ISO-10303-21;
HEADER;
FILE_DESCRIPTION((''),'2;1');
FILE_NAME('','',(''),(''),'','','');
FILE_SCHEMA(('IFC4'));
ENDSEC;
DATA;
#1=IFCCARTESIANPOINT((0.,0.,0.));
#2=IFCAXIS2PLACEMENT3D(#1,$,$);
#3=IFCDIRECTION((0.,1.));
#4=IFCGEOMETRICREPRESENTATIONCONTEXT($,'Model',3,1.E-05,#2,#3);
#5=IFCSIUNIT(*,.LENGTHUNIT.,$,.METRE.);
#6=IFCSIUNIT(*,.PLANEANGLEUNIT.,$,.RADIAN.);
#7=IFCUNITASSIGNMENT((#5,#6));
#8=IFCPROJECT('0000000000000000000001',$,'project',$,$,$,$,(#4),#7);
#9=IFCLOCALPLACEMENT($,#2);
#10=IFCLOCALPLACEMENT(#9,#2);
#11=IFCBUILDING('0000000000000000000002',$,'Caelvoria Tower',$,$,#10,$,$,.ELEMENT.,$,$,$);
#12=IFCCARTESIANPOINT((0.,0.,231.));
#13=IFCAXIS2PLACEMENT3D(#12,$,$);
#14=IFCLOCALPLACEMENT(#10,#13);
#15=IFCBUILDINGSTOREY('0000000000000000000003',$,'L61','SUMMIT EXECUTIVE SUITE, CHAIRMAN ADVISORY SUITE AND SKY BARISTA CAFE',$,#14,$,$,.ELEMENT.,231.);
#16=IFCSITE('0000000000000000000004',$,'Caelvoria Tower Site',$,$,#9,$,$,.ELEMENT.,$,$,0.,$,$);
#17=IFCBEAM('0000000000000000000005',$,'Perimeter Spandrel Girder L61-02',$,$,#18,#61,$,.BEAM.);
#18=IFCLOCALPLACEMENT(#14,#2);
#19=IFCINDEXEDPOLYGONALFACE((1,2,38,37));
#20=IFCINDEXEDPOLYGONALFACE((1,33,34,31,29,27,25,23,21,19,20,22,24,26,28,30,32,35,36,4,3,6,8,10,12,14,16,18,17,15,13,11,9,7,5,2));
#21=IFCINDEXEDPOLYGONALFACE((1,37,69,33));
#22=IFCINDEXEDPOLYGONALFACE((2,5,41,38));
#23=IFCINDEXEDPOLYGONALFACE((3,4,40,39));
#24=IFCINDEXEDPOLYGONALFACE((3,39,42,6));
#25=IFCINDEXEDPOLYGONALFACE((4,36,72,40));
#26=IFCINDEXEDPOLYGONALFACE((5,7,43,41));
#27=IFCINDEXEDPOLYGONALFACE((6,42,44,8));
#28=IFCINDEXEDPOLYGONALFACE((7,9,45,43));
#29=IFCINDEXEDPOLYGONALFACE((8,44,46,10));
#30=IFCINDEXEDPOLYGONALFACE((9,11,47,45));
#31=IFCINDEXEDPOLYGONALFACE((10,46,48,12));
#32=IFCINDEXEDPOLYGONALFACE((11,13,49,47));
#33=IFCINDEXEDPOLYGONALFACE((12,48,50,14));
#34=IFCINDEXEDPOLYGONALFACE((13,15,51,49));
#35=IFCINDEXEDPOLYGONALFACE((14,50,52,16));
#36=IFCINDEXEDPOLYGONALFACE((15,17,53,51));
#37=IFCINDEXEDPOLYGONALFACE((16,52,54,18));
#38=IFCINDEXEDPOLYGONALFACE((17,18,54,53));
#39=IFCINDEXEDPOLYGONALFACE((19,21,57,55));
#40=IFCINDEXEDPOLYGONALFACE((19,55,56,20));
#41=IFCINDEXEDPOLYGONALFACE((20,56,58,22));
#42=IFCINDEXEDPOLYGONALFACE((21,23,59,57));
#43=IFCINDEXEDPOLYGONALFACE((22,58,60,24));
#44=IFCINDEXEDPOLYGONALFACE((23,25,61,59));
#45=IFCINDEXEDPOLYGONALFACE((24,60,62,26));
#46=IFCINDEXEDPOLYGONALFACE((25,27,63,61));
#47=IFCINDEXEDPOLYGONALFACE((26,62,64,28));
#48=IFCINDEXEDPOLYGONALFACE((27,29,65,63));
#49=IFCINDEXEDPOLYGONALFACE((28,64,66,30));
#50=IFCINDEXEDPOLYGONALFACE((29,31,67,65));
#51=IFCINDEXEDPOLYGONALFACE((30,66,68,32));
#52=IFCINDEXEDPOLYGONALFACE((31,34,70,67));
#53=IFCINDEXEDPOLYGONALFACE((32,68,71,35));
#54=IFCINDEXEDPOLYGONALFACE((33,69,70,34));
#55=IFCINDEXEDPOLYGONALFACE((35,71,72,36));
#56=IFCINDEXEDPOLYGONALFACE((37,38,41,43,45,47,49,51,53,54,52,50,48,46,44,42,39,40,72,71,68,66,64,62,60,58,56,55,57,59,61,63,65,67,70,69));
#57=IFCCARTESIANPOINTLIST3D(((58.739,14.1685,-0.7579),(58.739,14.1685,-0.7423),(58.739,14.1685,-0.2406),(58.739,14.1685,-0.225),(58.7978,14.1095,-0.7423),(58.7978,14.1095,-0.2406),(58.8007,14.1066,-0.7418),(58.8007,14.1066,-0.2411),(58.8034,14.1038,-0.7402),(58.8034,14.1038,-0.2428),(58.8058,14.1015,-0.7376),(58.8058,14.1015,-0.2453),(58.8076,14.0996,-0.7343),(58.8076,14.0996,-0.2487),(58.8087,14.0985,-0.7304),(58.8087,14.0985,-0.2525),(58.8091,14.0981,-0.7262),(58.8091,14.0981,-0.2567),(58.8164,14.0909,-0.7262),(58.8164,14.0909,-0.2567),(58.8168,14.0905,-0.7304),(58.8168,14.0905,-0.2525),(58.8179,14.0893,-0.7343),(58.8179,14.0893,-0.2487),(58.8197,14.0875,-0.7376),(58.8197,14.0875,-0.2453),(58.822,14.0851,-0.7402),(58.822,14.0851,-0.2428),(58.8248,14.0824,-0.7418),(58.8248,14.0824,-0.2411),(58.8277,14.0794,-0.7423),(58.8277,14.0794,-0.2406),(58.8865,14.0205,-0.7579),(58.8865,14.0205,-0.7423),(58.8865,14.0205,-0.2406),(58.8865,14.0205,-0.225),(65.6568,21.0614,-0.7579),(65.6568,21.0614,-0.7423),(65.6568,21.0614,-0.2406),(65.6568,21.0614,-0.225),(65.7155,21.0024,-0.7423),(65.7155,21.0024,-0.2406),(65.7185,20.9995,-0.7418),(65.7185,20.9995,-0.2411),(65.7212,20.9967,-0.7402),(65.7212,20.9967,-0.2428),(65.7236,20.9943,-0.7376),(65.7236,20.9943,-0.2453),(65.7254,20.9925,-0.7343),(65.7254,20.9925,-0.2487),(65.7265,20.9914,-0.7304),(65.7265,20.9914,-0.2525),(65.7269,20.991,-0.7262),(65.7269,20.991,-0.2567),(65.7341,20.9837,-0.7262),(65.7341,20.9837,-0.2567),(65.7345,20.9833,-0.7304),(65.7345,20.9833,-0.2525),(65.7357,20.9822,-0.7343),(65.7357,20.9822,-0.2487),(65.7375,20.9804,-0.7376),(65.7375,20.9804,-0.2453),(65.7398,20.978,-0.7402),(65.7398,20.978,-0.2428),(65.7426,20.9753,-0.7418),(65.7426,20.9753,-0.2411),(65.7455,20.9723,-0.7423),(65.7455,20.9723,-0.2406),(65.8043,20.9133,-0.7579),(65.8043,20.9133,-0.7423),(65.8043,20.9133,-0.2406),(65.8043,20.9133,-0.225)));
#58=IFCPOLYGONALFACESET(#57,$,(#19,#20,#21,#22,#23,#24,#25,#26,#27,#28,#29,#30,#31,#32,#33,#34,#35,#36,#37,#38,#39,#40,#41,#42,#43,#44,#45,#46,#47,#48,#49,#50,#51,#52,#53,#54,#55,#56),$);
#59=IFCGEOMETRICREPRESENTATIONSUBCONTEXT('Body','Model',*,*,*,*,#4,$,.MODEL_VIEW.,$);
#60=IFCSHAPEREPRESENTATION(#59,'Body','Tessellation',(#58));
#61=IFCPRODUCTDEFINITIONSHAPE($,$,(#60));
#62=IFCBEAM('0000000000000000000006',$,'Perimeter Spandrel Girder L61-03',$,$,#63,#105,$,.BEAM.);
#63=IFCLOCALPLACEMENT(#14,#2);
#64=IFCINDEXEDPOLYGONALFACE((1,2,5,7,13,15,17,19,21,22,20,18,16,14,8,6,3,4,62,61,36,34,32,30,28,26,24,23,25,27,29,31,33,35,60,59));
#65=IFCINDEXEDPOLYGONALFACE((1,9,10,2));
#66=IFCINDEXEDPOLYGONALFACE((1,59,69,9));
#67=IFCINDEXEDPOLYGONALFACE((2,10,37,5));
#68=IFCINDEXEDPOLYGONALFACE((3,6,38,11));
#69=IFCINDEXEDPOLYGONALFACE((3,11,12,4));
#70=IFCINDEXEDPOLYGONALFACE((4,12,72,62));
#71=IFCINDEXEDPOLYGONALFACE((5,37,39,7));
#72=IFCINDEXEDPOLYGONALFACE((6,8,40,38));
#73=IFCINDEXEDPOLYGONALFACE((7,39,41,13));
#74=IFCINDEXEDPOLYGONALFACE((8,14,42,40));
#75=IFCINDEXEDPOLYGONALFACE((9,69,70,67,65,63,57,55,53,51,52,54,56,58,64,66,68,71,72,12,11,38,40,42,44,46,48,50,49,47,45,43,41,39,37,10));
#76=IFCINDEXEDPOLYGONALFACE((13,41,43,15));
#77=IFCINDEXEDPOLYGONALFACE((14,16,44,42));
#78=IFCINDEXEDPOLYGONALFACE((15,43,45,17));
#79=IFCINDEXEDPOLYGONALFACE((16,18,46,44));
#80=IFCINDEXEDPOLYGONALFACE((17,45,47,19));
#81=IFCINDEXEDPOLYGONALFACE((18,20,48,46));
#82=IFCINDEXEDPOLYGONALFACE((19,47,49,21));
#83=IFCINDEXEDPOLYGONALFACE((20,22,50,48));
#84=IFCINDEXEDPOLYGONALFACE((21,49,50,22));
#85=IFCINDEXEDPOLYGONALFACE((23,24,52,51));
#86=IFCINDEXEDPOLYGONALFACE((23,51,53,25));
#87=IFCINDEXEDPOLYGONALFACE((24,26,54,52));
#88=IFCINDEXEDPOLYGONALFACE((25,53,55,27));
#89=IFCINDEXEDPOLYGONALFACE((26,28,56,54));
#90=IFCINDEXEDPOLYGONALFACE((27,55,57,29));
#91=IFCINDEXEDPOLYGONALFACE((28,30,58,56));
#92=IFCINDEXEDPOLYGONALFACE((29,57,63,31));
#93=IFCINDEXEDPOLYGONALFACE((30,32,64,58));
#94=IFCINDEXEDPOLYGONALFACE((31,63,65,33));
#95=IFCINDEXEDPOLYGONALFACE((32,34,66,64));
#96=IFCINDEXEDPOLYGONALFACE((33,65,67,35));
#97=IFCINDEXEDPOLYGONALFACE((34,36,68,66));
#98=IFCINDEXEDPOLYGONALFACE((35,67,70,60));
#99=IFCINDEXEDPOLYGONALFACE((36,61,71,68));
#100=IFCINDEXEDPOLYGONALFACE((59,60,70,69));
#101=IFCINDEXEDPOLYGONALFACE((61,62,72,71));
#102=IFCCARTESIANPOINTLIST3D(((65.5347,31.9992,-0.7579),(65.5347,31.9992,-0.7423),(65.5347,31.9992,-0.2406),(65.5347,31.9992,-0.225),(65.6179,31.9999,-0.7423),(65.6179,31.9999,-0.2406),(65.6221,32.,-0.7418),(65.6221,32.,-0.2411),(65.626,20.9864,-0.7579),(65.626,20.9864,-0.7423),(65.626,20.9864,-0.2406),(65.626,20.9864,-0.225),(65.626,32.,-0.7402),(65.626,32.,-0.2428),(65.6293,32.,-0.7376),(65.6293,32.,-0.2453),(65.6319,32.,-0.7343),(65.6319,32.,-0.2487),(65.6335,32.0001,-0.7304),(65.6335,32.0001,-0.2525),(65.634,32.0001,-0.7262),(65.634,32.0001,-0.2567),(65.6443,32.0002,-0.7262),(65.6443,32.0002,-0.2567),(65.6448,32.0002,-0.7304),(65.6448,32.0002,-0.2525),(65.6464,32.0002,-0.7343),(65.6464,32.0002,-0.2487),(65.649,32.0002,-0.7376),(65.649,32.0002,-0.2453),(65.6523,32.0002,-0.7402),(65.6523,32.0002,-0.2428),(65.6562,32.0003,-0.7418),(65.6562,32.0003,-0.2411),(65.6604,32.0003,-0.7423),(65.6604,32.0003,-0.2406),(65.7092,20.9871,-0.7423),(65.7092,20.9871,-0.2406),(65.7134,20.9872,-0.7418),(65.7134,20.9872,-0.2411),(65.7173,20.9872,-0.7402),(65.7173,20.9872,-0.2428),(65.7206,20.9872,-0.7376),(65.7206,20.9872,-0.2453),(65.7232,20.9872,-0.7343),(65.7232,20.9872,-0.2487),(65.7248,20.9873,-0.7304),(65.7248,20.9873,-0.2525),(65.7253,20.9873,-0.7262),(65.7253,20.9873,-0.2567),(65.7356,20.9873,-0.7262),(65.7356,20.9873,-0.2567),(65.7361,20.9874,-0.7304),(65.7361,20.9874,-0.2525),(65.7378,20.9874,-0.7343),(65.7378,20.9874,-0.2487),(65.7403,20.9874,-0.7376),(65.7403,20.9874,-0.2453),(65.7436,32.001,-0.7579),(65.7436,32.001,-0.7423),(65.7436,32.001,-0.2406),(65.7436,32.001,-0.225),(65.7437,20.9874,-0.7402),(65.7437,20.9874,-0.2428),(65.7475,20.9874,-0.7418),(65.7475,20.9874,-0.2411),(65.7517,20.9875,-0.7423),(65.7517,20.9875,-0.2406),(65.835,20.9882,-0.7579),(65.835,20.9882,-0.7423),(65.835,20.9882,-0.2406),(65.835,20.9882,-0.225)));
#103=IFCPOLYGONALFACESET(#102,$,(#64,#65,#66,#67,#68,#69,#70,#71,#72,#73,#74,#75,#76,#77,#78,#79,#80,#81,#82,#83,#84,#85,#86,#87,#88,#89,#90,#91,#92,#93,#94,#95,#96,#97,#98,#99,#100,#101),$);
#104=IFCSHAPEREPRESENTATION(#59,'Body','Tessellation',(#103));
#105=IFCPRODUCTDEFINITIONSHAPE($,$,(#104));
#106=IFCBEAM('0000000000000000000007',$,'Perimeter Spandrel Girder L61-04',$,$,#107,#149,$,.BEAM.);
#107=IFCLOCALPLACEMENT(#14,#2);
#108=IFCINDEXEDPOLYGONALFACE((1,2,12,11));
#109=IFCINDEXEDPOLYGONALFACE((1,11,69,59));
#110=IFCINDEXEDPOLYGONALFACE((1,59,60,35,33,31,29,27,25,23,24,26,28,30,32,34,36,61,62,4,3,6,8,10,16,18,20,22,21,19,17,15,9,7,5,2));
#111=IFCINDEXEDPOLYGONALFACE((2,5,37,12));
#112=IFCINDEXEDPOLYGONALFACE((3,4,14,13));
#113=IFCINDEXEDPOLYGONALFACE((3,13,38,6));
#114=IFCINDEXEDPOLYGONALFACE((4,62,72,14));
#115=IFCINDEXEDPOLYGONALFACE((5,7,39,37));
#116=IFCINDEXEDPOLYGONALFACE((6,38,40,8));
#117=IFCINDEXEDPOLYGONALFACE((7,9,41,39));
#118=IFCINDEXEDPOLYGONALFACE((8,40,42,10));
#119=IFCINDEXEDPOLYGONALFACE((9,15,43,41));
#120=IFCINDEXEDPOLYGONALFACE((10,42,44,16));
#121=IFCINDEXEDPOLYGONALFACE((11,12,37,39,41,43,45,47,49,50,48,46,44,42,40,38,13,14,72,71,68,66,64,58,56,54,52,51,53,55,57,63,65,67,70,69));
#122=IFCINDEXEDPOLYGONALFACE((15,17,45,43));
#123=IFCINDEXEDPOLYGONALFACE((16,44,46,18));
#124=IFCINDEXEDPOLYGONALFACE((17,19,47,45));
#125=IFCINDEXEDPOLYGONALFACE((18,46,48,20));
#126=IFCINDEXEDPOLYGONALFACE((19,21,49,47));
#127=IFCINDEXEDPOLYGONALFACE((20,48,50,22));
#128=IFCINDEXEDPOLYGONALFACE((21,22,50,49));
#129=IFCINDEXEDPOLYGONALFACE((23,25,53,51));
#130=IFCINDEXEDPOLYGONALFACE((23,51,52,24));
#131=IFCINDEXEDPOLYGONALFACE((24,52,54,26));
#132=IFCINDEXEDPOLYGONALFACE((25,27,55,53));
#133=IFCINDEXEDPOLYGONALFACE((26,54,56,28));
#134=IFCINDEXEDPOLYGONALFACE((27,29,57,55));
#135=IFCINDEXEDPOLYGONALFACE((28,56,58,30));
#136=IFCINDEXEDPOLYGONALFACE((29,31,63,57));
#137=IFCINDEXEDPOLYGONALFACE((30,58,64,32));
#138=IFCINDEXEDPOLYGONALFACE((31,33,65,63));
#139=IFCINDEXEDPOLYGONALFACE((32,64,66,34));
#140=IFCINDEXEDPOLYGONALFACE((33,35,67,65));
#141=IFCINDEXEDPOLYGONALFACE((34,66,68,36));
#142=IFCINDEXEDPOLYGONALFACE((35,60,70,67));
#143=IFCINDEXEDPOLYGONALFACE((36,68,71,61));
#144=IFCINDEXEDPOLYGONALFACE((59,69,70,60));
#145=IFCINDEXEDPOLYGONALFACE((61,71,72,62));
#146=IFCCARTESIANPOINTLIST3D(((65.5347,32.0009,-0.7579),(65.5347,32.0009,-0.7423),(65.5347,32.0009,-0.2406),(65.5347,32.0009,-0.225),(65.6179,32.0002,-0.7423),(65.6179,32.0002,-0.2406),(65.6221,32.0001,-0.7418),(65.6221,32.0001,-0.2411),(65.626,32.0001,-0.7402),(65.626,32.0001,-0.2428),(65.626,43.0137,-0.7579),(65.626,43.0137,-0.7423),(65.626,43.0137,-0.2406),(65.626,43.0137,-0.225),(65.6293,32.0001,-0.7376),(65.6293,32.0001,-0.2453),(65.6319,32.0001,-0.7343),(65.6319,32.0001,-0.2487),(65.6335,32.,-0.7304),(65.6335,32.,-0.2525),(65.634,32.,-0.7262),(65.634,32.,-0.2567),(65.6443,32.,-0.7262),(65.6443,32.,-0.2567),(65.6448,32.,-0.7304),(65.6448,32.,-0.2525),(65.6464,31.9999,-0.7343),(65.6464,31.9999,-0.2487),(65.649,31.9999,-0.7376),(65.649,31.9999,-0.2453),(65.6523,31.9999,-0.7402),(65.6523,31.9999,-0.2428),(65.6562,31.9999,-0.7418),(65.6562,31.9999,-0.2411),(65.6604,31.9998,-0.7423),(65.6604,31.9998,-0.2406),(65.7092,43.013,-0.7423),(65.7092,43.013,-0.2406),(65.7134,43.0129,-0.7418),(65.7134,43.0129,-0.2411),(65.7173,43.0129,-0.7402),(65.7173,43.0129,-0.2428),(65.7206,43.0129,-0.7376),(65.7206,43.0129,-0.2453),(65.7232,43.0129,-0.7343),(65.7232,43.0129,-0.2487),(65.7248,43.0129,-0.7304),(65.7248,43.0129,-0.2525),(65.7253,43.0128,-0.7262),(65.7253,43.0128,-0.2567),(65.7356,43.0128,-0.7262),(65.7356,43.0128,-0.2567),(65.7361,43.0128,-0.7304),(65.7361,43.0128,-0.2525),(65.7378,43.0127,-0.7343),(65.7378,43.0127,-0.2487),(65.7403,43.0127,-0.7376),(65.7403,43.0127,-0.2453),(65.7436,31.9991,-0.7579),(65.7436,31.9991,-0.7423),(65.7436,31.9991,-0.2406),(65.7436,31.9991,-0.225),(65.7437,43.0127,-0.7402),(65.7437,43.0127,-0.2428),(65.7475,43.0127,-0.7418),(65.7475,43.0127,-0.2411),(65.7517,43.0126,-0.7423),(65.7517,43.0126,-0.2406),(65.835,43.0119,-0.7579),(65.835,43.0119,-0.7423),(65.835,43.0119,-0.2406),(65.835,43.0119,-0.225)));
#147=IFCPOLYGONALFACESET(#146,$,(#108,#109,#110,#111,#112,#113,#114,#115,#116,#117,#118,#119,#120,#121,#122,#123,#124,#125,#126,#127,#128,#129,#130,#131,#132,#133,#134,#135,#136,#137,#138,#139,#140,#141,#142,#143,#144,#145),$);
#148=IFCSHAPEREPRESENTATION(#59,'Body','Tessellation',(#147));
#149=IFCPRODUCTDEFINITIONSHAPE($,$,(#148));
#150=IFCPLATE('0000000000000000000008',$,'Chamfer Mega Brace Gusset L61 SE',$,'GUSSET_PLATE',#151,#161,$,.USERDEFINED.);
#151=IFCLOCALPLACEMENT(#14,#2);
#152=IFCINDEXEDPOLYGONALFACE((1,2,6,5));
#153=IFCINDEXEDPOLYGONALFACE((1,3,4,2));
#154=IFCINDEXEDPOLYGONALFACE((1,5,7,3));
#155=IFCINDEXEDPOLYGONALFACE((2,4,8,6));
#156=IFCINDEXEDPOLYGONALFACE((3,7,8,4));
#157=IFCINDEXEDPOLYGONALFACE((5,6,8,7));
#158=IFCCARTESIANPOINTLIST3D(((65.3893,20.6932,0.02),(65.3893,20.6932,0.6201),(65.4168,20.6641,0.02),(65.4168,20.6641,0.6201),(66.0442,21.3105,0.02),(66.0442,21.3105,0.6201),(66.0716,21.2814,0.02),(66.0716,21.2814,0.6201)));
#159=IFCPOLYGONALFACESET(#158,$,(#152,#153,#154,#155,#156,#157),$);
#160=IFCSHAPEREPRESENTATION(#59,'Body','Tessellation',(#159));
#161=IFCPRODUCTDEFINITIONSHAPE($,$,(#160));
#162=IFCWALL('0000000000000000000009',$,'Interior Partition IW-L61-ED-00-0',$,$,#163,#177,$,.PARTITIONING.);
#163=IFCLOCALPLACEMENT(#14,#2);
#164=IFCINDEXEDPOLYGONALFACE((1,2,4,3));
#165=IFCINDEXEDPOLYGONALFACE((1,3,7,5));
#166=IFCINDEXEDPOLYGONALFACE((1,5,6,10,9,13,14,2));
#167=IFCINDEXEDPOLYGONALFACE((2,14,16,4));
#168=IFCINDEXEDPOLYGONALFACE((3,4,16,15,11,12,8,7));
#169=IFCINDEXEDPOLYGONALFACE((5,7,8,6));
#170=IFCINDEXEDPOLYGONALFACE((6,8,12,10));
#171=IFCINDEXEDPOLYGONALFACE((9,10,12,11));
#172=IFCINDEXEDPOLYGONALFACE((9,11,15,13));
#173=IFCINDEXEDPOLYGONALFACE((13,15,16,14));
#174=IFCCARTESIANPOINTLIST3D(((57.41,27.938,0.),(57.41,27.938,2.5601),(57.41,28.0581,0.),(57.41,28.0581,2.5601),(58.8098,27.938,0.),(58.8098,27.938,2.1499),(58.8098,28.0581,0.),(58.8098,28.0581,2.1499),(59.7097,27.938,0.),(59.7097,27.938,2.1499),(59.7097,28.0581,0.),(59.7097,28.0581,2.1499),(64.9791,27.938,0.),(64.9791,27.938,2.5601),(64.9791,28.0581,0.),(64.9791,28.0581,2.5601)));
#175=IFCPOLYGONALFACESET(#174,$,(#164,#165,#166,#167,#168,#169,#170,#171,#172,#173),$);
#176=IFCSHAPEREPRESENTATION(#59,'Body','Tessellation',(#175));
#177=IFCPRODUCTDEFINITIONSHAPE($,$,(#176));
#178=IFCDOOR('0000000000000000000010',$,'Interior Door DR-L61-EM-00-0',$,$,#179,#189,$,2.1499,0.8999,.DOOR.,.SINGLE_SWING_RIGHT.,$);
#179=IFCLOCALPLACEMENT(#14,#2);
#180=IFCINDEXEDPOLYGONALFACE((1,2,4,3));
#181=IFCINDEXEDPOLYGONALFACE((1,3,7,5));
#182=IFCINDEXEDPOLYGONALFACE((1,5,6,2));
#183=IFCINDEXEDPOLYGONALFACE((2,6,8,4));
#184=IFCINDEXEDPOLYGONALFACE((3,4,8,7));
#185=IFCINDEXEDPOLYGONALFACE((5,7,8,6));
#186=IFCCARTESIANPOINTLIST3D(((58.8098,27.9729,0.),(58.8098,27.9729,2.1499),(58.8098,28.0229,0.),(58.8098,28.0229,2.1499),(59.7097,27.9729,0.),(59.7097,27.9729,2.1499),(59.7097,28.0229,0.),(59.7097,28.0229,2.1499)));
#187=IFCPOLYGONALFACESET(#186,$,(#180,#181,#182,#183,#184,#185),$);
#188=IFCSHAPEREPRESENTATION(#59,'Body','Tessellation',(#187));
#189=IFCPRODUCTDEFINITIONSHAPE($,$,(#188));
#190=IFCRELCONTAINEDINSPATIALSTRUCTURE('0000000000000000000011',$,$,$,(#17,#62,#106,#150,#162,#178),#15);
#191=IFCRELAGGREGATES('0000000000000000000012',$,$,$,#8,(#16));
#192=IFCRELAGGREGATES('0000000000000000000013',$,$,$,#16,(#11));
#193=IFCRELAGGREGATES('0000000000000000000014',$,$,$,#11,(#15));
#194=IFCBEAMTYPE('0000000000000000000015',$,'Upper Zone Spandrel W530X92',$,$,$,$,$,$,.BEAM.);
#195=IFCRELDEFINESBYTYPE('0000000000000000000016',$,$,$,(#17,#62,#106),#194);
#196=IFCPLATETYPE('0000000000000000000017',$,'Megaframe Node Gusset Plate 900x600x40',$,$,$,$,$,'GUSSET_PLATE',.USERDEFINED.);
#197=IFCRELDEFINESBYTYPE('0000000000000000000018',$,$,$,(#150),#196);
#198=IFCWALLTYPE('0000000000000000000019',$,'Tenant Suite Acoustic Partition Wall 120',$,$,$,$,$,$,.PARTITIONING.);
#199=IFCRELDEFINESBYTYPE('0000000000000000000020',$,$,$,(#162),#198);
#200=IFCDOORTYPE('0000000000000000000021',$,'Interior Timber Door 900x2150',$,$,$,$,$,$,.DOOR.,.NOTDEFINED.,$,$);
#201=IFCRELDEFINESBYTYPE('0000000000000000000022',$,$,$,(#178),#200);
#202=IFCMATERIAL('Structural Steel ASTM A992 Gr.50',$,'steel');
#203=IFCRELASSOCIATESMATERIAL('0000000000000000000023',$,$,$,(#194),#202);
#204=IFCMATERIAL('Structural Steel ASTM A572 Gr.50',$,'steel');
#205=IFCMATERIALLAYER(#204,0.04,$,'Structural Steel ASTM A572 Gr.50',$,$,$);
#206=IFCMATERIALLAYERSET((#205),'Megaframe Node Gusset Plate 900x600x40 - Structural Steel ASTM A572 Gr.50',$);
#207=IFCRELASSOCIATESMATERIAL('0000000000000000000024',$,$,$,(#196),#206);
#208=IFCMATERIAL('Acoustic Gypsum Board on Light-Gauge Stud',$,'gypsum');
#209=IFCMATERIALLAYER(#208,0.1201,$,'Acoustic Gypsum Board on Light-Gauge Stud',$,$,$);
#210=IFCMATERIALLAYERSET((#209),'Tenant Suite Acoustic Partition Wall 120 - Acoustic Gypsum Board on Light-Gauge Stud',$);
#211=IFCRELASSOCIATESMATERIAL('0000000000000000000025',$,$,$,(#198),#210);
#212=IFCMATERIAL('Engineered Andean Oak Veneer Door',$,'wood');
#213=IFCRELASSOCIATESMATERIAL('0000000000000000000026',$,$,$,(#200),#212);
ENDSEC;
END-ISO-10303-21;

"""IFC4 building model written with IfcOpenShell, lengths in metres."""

from ifc_helpers import new_model, si_unit, direction, frame, frame_2d, origin, origin_2d, place, context, subcontext, project, spatial, rectangle, i_section, extrude, material, layer, layer_set, material_profile, profile_set, type_object, element, fill, save


model = new_model("IFC4")

# Units and contexts
model_context = context("Model", 3, precision=1e-05, world=origin(), true_north=direction((0.0, 1.0)))
body_context = subcontext(model_context, "Body", "Model", "MODEL_VIEW")
ifc_project = project(units=[si_unit("LENGTHUNIT", "METRE"), si_unit("PLANEANGLEUNIT", "RADIAN")], contexts=[model_context])

# Site, building, storey
site_placement = place(None, origin())
site = spatial("IfcSite", under=ifc_project, at=site_placement, Name="Caelvoria Tower Site", CompositionType="ELEMENT", RefElevation=0.0)
building_placement = place(site_placement, origin())
building = spatial("IfcBuilding", under=site, at=building_placement, Name="Caelvoria Tower", CompositionType="ELEMENT")
storey_placement = place(building_placement, frame((0.0, 0.0, 231.0)))
storey = spatial("IfcBuildingStorey", under=building, at=storey_placement, Name="L61", Description="SUMMIT EXECUTIVE SUITE, CHAIRMAN ADVISORY SUITE AND SKY BARISTA CAFE", CompositionType="ELEMENT", Elevation=231.0)

# Shared definitions
ifc_material_1 = material(Name="Structural Steel ASTM A572 Gr.50", Category="steel")
ifc_material_2 = material(Name="Structural Steel ASTM A992 Gr.50", Category="steel")

# Beams
ifc_material_profile_1 = material_profile(ifc_material_2, i_section(OverallWidth=0.209, OverallDepth=0.533, WebThickness=0.0103, FlangeThickness=0.0156, FilletRadius=0.0161, at=origin_2d()), Name="Structural Steel ASTM A992 Gr.50")
ifc_profile_set_1 = profile_set([ifc_material_profile_1], Name="W530X92 - Structural Steel ASTM A992 Gr.50")
beam_type_1 = type_object("IfcBeamType", Name="Upper Zone Spandrel W530X92", PredefinedType="BEAM", material=ifc_profile_set_1)
beam_1_placement = place(storey_placement, frame((58.8127, 14.0945, -0.4915), z_axis=(0.708381, 0.705831, 0.0), x_axis=(-0.705831, 0.708381, 0.0)))
element("IfcBeam", 1, at=beam_1_placement, inside=storey, type_object=beam_type_1, Name="Perimeter Spandrel Girder L61-02", PredefinedType="BEAM", context=body_context, shape_type="SweptSolid", body=[
    extrude(i_section(OverallWidth=0.209, OverallDepth=0.533, WebThickness=0.0103, FlangeThickness=0.0156, FilletRadius=0.0161, at=origin_2d()), origin(), (0.0, 0.0, 1.0), 9.7656),
])
for number, where, z_axis, x_axis, name in (
    (2, (65.7305, 20.9873, -0.4915), (-0.008291, 0.999966, 0.0), (-0.999966, -0.008291, 0.0), "Perimeter Spandrel Girder L61-03"),
    (3, (65.6392, 32.0, -0.4915), (0.008291, 0.999966, 0.0), (-0.999966, 0.008291, 0.0), "Perimeter Spandrel Girder L61-04"),
):
    element("IfcBeam", number, at=place(storey_placement, frame(where, z_axis=z_axis, x_axis=x_axis)), inside=storey, type_object=beam_type_1, Name=name, PredefinedType="BEAM", context=body_context, shape_type="SweptSolid", body=[
        extrude(i_section(OverallWidth=0.209, OverallDepth=0.533, WebThickness=0.0103, FlangeThickness=0.0156, FilletRadius=0.0161, at=origin_2d()), origin(), (0.0, 0.0, 1.0), 11.0132),
    ])

# Plate
ifc_layer_1 = layer(ifc_material_1, 0.04, Name="Structural Steel ASTM A572 Gr.50")
ifc_layer_set_1 = layer_set([ifc_layer_1], Name="Megaframe Node Gusset Plate 900x600x40 - Structural Steel ASTM A572 Gr.50")
plate_type = type_object("IfcPlateType", Name="Megaframe Node Gusset Plate 900x600x40", ElementType="GUSSET_PLATE", PredefinedType="USERDEFINED", material=ifc_layer_set_1)
plate_placement = place(storey_placement, frame((65.7305, 20.9873, 0.02), z_axis=(0.0, 0.0, 1.0), x_axis=(-0.727666, -0.685931, 0.0)))
element("IfcPlate", 4, at=plate_placement, inside=storey, type_object=plate_type, Name="Chamfer Mega Brace Gusset L61 SE", ObjectType="GUSSET_PLATE", PredefinedType="USERDEFINED", context=body_context, shape_type="SweptSolid", body=[
    extrude(rectangle(XDim=0.8999, YDim=0.04, at=origin_2d()), origin(), (0.0, 0.0, 1.0), 0.6001),
])

# Wall, opening, door
ifc_material_3 = material(Name="Acoustic Gypsum Board on Light-Gauge Stud", Category="gypsum")
ifc_layer_2 = layer(ifc_material_3, 0.1201, Name="Acoustic Gypsum Board on Light-Gauge Stud")
ifc_layer_set_2 = layer_set([ifc_layer_2], Name="Tenant Suite Acoustic Partition Wall 120 - Acoustic Gypsum Board on Light-Gauge Stud")
wall_type_1 = type_object("IfcWallType", Name="Tenant Suite Acoustic Partition Wall 120", PredefinedType="PARTITIONING", material=ifc_layer_set_2)
wall_1_placement = place(storey_placement, frame((57.4099, 27.998, 0.0), z_axis=(0.0, 0.0, 1.0), x_axis=(1.0, 0.0, 0.0)))
wall_1 = element("IfcWall", 5, at=wall_1_placement, inside=storey, type_object=wall_type_1, Name="Interior Partition IW-L61-ED-00-0", PredefinedType="PARTITIONING", context=body_context, shape_type="SweptSolid", body=[
    extrude(rectangle(XDim=7.5691, YDim=0.1201, at=frame_2d((3.7847, 0.0))), origin(), (0.0, 0.0, 1.0), 2.5601),
])
opening_1_placement = place(wall_1_placement, frame((1.3999, 0.0, 0.0)))
opening_1 = element("IfcOpeningElement", 6, at=opening_1_placement, cuts=wall_1, PredefinedType="OPENING", context=body_context, shape_type="SweptSolid", body=[
    extrude(rectangle(XDim=0.8999, YDim=2.1499, at=frame_2d((0.45, 1.075))), frame((0.0, 0.0701, 0.0), z_axis=(0.0, -1.0, 0.0), x_axis=(1.0, 0.0, 0.0)), (0.0, 0.0, 1.0), 0.1401),
])
ifc_material_4 = material(Name="Engineered Andean Oak Veneer Door", Category="wood")
door_type_1 = type_object("IfcDoorType", Name="Interior Timber Door 900x2150", OperationType="NOTDEFINED", PredefinedType="DOOR", material=ifc_material_4)
door_1_placement = place(opening_1_placement, origin())
door_1 = element("IfcDoor", 7, at=door_1_placement, inside=storey, type_object=door_type_1, Name="Interior Door DR-L61-EM-00-0", OperationType="SINGLE_SWING_RIGHT", OverallHeight=2.1499, OverallWidth=0.8999, PredefinedType="DOOR", context=body_context, shape_type="SweptSolid", body=[
    extrude(rectangle(XDim=0.8999, YDim=2.1499, at=frame_2d((0.45, 1.075))), frame((0.0, 0.0249, 0.0), z_axis=(0.0, -1.0, 0.0), x_axis=(1.0, 0.0, 0.0)), (0.0, 0.0, 1.0), 0.05),
])
fill(opening_1, door_1)

save(model, "model.ifc")
